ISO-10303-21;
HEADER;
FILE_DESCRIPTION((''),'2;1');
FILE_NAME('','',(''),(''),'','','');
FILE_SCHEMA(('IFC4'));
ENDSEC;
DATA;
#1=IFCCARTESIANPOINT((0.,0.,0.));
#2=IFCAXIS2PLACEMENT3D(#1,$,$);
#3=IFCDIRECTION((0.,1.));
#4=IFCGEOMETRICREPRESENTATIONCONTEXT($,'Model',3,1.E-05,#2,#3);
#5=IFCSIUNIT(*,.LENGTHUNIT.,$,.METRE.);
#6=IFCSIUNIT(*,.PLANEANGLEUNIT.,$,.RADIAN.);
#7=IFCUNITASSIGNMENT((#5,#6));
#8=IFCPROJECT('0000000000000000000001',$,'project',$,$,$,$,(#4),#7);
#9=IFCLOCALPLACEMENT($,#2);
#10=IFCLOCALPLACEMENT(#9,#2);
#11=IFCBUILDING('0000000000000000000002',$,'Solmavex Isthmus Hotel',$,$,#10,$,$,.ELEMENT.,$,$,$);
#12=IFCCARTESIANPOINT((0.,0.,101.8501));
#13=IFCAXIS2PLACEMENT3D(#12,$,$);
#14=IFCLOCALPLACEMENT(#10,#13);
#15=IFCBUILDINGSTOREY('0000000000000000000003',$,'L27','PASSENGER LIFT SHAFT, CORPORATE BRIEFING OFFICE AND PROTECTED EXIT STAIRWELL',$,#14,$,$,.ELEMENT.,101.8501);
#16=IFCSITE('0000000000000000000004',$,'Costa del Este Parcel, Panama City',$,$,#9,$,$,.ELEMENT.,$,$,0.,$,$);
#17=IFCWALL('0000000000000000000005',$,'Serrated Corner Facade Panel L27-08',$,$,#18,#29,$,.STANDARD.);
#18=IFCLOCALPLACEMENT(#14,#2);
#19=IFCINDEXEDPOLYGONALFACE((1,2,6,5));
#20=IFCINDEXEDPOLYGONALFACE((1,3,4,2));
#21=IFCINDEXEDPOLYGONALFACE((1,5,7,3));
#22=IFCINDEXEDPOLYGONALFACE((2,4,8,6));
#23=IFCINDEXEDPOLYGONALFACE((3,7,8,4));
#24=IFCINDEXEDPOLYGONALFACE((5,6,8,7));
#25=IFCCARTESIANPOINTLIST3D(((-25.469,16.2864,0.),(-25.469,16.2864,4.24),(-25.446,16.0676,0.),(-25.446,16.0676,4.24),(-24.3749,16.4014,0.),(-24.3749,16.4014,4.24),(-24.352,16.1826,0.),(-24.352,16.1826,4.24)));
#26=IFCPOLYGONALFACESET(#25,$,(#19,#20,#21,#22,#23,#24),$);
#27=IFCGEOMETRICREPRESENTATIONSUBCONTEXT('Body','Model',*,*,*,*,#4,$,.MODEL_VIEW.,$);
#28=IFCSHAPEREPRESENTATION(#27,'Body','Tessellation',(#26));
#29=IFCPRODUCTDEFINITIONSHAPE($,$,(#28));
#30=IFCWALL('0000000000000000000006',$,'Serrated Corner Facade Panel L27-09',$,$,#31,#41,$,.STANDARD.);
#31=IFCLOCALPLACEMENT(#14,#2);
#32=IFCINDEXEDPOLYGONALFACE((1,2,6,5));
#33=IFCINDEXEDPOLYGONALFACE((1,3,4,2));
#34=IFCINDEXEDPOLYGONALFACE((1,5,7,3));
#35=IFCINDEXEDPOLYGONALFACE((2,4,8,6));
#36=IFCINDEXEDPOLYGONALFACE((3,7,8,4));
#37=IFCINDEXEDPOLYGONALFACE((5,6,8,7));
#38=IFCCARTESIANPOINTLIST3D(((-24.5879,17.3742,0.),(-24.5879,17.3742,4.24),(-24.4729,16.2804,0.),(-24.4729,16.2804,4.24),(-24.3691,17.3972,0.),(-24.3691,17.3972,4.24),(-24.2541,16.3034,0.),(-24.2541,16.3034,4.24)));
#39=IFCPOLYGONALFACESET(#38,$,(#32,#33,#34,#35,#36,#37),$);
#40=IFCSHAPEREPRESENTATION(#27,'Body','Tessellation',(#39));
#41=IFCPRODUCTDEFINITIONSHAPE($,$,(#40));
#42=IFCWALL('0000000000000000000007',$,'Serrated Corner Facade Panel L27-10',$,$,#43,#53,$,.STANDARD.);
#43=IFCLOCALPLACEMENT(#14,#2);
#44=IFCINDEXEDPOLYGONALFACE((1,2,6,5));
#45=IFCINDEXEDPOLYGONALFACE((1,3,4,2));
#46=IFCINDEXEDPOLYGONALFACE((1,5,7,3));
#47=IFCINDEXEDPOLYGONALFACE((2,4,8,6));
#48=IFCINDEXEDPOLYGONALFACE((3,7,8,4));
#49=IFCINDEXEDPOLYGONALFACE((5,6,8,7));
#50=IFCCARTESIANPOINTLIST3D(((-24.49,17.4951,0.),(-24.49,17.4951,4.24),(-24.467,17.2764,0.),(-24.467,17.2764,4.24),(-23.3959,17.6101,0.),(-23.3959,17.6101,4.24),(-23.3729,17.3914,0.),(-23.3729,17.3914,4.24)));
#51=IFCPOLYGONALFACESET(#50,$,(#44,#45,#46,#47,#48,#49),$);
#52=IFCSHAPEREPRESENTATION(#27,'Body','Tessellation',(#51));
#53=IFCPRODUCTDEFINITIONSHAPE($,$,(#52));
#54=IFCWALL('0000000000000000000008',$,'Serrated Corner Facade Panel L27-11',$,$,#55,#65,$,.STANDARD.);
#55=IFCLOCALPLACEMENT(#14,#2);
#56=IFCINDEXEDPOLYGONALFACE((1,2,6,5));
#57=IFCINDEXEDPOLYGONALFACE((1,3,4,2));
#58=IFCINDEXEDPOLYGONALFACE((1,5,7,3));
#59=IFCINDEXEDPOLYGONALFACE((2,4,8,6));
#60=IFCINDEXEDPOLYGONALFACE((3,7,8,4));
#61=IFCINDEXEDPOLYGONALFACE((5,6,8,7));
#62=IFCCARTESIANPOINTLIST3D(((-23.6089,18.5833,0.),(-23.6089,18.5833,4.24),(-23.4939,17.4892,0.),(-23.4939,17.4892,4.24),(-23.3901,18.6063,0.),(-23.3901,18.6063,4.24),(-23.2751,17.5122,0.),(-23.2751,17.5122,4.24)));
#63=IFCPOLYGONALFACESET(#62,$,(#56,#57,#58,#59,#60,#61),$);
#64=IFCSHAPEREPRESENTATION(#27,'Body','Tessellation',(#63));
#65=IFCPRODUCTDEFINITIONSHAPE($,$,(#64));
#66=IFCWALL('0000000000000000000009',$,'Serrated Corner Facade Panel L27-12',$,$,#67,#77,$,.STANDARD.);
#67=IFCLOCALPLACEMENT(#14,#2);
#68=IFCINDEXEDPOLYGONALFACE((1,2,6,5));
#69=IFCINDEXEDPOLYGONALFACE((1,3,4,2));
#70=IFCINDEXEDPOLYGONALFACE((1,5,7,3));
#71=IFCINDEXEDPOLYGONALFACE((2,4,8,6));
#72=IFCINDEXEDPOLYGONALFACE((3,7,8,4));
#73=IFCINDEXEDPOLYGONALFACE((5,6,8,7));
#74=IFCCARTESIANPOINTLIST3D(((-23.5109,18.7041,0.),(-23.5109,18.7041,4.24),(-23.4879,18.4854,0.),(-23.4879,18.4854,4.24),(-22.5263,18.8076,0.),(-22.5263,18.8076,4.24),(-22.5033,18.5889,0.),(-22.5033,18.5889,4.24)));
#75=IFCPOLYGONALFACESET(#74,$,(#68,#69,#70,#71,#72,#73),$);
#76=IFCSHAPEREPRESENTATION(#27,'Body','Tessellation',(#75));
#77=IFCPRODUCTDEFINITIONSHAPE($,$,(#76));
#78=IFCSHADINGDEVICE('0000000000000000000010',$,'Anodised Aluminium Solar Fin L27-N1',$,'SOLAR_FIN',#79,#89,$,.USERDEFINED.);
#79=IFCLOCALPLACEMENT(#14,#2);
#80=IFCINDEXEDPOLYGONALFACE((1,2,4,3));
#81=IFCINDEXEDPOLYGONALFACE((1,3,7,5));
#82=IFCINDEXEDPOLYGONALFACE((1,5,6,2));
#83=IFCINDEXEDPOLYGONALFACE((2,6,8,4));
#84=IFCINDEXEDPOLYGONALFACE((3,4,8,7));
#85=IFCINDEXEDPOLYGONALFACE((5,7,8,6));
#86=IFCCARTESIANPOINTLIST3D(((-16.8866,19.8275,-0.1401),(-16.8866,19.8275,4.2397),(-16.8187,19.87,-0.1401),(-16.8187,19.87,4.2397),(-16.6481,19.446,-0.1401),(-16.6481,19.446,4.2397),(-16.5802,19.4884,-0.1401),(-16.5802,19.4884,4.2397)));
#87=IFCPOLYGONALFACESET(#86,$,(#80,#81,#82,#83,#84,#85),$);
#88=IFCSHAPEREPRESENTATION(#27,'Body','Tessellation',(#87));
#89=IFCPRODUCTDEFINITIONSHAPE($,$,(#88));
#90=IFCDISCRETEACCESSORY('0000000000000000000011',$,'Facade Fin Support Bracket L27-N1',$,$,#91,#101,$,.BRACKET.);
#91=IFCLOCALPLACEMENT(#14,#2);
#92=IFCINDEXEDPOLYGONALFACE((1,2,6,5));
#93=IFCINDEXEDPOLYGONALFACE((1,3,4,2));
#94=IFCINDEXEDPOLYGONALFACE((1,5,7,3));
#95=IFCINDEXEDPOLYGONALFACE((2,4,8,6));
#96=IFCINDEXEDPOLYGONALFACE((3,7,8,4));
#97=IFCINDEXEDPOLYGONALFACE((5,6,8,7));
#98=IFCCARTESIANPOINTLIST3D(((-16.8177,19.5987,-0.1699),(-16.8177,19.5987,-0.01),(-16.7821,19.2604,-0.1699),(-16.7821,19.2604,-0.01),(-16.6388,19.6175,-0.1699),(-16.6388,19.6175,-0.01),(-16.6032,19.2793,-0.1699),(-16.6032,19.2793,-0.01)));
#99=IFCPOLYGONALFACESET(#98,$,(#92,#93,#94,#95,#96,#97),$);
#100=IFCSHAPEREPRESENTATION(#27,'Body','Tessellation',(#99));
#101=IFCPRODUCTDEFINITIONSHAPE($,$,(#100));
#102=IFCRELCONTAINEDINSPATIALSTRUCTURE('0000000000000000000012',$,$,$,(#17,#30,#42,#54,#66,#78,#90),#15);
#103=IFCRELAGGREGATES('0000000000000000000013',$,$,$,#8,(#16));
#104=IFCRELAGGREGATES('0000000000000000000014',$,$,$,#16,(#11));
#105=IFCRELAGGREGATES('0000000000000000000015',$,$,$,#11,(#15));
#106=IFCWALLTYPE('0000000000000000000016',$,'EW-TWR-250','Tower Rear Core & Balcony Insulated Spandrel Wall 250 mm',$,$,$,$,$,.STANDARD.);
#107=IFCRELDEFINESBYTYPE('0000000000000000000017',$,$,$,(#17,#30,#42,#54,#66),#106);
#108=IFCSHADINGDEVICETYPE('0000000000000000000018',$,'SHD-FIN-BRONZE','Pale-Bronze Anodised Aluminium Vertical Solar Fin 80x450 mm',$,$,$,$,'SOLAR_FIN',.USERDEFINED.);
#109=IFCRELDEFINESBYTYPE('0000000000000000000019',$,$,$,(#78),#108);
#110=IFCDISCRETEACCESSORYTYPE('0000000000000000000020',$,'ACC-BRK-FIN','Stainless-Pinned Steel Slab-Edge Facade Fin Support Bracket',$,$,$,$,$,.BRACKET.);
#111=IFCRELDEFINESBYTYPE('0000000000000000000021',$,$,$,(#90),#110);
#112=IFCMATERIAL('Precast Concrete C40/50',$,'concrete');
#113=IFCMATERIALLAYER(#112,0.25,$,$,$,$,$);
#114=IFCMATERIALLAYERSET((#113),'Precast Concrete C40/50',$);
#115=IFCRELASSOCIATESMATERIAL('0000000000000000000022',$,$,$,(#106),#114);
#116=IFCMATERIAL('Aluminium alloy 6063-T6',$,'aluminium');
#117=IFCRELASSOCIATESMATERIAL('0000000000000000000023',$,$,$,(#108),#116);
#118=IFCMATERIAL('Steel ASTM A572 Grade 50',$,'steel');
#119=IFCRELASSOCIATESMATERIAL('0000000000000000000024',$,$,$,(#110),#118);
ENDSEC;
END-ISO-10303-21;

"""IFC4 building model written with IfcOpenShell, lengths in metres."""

from ifc_helpers import new_model, si_unit, direction, frame, frame_2d, origin, origin_2d, place, context, subcontext, project, spatial, rectangle, extrude, material, layer, layer_set, type_object, element, save


model = new_model("IFC4")

# Units and contexts
model_context = context("Model", 3, precision=1e-05, world=origin(), true_north=direction((0.0, 1.0)))
body_context = subcontext(model_context, "Body", "Model", "MODEL_VIEW")
ifc_project = project(units=[si_unit("LENGTHUNIT", "METRE"), si_unit("PLANEANGLEUNIT", "RADIAN")], contexts=[model_context])

# Site, building, storey
site_placement = place(None, origin())
site = spatial("IfcSite", under=ifc_project, at=site_placement, Name="Costa del Este Parcel, Panama City", CompositionType="ELEMENT", RefElevation=0.0)
building_placement = place(site_placement, origin())
building = spatial("IfcBuilding", under=site, at=building_placement, Name="Solmavex Isthmus Hotel", CompositionType="ELEMENT")
storey_placement = place(building_placement, frame((0.0, 0.0, 101.8501)))
storey = spatial("IfcBuildingStorey", under=building, at=storey_placement, Name="L27", Description="PASSENGER LIFT SHAFT, CORPORATE BRIEFING OFFICE AND PROTECTED EXIT STAIRWELL", CompositionType="ELEMENT", Elevation=101.8501)

# Shared definitions
ifc_material_1 = material(Name="Aluminium alloy 6063-T6", Category="aluminium")

# Walls
ifc_material_2 = material(Name="Precast Concrete C40/50", Category="concrete")
ifc_layer_1 = layer(ifc_material_2, 0.25)
ifc_layer_set_1 = layer_set([ifc_layer_1], Name="Precast Concrete C40/50")
wall_type = type_object("IfcWallType", Name="EW-TWR-250", Description="Tower Rear Core & Balcony Insulated Spandrel Wall 250 mm", PredefinedType="STANDARD", material=ifc_layer_set_1)
wall_1_placement = place(storey_placement, frame((-25.4575, 16.177, 0.0), z_axis=(0.0, 0.0, 1.0), x_axis=(0.994521, 0.104535, 0.0)))
element("IfcWall", 1, at=wall_1_placement, inside=storey, type_object=wall_type, Name="Serrated Corner Facade Panel L27-08", PredefinedType="STANDARD", context=body_context, shape_type="SweptSolid", body=[
    extrude(rectangle(XDim=1.1001, YDim=0.22, at=frame_2d((0.55, 0.0))), origin(), (0.0, 0.0, 1.0), 4.24),
])
wall_2_placement = place(storey_placement, frame((-24.3635, 16.292, 0.0), z_axis=(0.0, 0.0, 1.0), x_axis=(-0.104558, 0.994519, 0.0)))
element("IfcWall", 2, at=wall_2_placement, inside=storey, type_object=wall_type, Name="Serrated Corner Facade Panel L27-09", PredefinedType="STANDARD", context=body_context, shape_type="SweptSolid", body=[
    extrude(rectangle(XDim=1.0999, YDim=0.22, at=frame_2d((0.5498, 0.0))), origin(), (0.0, 0.0, 1.0), 4.24),
])
for number, where, z_axis, x_axis, name in (
    (3, (-24.4785, 17.3857, 0.0), (0.0, 0.0, 1.0), (0.994521, 0.104535, 0.0), "Serrated Corner Facade Panel L27-10"),
    (4, (-23.3845, 17.5007, 0.0), (0.0, 0.0, 1.0), (-0.104535, 0.994521, 0.0), "Serrated Corner Facade Panel L27-11"),
):
    element("IfcWall", number, at=place(storey_placement, frame(where, z_axis=z_axis, x_axis=x_axis)), inside=storey, type_object=wall_type, Name=name, PredefinedType="STANDARD", context=body_context, shape_type="SweptSolid", body=[
        extrude(rectangle(XDim=1.1001, YDim=0.22, at=frame_2d((0.55, 0.0))), origin(), (0.0, 0.0, 1.0), 4.24),
    ])
wall_3_placement = place(storey_placement, frame((-23.4995, 18.5947, 0.0), z_axis=(0.0, 0.0, 1.0), x_axis=(0.994519, 0.104556, 0.0)))
element("IfcWall", 5, at=wall_3_placement, inside=storey, type_object=wall_type, Name="Serrated Corner Facade Panel L27-12", PredefinedType="STANDARD", context=body_context, shape_type="SweptSolid", body=[
    extrude(rectangle(XDim=0.99, YDim=0.22, at=frame_2d((0.4951, 0.0))), origin(), (0.0, 0.0, 1.0), 4.24),
])

# Shading device
shading_device_type = type_object("IfcShadingDeviceType", Name="SHD-FIN-BRONZE", Description="Pale-Bronze Anodised Aluminium Vertical Solar Fin 80x450 mm", ElementType="SOLAR_FIN", PredefinedType="USERDEFINED", material=ifc_material_1)
shading_device_placement = place(storey_placement, frame((-16.7334, 19.658, -0.1401), z_axis=(0.0, 0.0, 1.0), x_axis=(-0.529919, 0.848048, 0.0)))
element("IfcShadingDevice", 6, at=shading_device_placement, inside=storey, type_object=shading_device_type, Name="Anodised Aluminium Solar Fin L27-N1", ObjectType="SOLAR_FIN", PredefinedType="USERDEFINED", context=body_context, shape_type="SweptSolid", body=[
    extrude(rectangle(XDim=0.45, YDim=0.0801, at=origin_2d()), origin(), (0.0, 0.0, 1.0), 4.3799),
])

# Discrete accessory
ifc_material_3 = material(Name="Steel ASTM A572 Grade 50", Category="steel")
discrete_accessory_type = type_object("IfcDiscreteAccessoryType", Name="ACC-BRK-FIN", Description="Stainless-Pinned Steel Slab-Edge Facade Fin Support Bracket", PredefinedType="BRACKET", material=ifc_material_3)
discrete_accessory_placement = place(storey_placement, frame((-16.7104, 19.439, -0.1699), z_axis=(0.0, 0.0, 1.0), x_axis=(-0.104528, 0.994522, 0.0)))
element("IfcDiscreteAccessory", 7, at=discrete_accessory_placement, inside=storey, type_object=discrete_accessory_type, Name="Facade Fin Support Bracket L27-N1", PredefinedType="BRACKET", context=body_context, shape_type="SweptSolid", body=[
    extrude(rectangle(XDim=0.3401, YDim=0.1799, at=origin_2d()), origin(), (0.0, 0.0, 1.0), 0.1599),
])

save(model, "model.ifc")
